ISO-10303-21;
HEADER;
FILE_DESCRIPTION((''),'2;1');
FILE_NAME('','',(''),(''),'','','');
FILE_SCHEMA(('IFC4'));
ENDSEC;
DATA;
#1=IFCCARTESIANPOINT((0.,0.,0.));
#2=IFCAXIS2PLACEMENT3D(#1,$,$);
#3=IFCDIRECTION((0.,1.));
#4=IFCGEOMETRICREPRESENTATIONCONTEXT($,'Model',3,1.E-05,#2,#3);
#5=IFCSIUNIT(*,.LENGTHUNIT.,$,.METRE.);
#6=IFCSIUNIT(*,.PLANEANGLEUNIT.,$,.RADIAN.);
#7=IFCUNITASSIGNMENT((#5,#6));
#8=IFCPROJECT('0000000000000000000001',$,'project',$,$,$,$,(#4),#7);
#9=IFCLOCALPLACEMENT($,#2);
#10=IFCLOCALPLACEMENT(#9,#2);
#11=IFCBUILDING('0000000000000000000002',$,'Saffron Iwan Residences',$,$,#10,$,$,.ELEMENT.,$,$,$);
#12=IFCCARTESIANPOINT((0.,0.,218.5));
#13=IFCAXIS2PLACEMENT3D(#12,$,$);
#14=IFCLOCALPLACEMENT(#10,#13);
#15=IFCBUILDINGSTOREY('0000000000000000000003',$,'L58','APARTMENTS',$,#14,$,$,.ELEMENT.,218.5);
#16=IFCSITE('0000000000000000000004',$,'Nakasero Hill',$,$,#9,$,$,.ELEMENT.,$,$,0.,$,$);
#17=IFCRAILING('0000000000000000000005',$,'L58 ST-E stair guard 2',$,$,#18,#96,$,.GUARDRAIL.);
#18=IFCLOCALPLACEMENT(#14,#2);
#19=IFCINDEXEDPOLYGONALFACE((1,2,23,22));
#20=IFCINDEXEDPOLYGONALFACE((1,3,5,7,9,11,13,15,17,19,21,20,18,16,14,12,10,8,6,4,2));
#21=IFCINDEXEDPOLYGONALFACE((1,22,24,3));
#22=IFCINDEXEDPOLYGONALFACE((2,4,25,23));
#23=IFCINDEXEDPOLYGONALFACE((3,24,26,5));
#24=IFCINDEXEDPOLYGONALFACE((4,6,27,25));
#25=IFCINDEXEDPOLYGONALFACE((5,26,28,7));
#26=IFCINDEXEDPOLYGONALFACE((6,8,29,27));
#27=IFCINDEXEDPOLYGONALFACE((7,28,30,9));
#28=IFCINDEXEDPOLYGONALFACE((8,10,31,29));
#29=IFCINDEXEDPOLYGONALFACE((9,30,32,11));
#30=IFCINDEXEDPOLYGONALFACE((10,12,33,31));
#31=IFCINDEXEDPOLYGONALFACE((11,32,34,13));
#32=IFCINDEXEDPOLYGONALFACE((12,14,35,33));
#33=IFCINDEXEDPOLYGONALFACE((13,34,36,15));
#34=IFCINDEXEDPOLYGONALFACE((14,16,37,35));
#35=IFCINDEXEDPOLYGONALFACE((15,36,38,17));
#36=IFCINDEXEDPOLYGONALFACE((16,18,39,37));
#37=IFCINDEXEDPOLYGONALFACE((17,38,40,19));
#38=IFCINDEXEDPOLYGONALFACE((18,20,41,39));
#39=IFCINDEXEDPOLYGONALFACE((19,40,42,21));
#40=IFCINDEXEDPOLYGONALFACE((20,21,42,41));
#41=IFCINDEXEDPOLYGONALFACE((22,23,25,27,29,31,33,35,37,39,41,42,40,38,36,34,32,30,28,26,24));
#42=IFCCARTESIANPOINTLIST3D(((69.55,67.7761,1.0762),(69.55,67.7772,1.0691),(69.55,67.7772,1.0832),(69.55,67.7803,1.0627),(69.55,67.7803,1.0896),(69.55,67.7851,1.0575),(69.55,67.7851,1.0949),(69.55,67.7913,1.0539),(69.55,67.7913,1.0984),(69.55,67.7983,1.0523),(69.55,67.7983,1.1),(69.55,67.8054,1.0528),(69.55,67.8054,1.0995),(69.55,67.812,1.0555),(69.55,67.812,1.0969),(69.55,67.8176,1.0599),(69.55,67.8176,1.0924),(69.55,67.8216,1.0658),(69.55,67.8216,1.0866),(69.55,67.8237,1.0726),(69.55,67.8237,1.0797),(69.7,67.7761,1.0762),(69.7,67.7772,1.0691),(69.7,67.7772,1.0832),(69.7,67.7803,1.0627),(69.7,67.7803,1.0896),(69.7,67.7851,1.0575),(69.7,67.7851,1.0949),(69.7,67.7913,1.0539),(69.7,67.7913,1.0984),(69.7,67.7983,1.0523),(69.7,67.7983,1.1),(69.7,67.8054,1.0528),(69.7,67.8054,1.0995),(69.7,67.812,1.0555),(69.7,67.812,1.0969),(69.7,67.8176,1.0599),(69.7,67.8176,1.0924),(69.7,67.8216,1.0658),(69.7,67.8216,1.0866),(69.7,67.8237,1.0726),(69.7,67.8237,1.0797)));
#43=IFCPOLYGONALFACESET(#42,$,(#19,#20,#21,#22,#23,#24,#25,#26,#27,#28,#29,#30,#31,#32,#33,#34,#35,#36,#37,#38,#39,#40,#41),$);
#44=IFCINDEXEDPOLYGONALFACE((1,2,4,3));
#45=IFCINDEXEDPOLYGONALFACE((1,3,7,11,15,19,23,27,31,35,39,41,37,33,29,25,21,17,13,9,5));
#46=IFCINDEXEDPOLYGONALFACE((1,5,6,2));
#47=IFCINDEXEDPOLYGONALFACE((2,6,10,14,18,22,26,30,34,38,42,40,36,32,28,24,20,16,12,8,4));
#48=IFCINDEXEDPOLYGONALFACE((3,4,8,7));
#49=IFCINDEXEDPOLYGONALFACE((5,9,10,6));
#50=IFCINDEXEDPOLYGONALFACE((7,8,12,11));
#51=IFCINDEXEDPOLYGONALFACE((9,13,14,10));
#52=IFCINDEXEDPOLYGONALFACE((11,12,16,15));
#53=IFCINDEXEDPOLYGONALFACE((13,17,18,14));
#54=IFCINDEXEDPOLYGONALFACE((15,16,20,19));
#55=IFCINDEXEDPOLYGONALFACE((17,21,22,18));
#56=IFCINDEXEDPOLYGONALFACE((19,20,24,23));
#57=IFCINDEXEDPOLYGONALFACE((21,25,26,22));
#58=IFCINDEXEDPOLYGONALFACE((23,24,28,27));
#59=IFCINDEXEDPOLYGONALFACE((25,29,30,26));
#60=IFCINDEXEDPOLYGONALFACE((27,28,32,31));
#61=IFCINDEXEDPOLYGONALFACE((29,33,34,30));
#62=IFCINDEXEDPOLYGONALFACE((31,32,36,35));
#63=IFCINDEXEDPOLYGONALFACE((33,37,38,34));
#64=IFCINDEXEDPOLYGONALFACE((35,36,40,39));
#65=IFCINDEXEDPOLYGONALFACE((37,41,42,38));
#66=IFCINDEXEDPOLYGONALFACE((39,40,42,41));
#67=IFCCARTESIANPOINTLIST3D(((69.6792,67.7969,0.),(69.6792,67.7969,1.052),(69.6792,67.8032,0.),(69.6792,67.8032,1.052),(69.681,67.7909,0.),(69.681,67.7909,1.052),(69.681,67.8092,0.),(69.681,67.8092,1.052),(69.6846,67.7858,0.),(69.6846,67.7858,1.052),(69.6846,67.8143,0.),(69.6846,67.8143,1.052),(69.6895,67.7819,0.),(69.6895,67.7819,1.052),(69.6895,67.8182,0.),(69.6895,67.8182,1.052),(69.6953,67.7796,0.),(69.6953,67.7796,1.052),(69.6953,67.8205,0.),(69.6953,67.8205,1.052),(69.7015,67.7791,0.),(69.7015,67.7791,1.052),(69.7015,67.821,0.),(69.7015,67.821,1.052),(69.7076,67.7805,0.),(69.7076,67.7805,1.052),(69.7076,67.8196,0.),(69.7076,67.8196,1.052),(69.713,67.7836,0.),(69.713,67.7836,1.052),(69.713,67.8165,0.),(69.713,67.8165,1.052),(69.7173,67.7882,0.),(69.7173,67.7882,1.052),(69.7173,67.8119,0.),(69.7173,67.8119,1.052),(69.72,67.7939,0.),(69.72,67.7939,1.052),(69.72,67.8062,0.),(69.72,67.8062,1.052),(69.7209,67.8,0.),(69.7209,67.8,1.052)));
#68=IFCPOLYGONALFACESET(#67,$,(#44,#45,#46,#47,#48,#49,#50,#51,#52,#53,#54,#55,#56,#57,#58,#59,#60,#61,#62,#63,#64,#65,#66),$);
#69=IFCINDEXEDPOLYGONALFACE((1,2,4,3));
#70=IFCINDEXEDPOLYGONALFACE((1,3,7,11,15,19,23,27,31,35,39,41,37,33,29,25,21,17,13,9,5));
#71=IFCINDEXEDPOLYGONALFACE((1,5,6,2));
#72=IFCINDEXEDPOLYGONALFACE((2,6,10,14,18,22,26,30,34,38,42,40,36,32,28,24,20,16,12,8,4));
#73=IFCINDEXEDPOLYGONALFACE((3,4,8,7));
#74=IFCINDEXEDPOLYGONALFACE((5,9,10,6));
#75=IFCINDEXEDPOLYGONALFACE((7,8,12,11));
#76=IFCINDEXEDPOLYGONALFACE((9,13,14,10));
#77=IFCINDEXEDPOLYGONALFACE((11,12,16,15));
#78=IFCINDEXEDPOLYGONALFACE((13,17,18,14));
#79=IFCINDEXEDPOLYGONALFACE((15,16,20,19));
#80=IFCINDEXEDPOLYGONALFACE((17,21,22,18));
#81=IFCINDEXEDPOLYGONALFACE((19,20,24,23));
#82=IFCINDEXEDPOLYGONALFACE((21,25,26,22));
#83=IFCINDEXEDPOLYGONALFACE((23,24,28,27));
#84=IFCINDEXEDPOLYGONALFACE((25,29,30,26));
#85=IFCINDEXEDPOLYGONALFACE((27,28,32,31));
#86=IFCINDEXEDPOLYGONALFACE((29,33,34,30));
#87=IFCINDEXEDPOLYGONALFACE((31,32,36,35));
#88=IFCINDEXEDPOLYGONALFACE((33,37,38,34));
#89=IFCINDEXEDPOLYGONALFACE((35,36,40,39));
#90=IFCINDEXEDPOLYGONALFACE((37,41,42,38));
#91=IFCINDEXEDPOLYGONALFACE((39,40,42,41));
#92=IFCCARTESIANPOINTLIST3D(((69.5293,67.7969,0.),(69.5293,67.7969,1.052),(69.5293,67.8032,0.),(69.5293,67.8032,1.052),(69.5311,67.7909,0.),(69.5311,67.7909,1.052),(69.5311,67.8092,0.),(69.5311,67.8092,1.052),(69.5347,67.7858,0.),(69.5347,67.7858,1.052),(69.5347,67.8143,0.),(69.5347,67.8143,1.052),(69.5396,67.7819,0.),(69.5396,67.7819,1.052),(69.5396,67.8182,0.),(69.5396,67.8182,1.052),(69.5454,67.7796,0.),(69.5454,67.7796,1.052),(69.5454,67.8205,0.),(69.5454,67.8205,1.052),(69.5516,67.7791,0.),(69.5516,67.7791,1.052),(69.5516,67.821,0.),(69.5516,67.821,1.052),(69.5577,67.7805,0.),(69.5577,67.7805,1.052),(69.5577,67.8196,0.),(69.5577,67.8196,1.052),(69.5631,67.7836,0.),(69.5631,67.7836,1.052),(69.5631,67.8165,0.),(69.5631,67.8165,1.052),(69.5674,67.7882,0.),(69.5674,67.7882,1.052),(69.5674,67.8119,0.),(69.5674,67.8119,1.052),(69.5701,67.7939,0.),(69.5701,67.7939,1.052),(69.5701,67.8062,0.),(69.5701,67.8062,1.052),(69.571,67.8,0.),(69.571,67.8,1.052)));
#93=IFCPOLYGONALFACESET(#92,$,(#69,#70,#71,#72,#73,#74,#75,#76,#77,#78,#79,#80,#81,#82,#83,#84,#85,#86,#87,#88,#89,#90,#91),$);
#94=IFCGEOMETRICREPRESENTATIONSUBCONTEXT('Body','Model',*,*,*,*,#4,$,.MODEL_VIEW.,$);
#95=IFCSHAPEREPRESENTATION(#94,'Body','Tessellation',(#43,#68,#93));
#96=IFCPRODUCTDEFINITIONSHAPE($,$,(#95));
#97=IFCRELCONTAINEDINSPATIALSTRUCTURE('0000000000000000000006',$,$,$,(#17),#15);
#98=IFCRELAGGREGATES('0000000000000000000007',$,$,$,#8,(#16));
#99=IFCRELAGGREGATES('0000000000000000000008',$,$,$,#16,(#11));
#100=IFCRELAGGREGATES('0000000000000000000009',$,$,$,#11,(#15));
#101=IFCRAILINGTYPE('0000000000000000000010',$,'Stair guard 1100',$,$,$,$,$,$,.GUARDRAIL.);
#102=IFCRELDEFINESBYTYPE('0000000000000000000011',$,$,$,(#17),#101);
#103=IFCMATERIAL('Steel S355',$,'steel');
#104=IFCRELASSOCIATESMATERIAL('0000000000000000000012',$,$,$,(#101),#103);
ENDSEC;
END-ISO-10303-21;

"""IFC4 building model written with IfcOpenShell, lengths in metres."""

from ifc_helpers import new_model, si_unit, direction, frame, origin, origin_2d, place, context, subcontext, project, spatial, circle, extrude, material, type_object, element, save


model = new_model("IFC4")

# Units and contexts
model_context = context("Model", 3, precision=1e-05, world=origin(), true_north=direction((0.0, 1.0)))
body_context = subcontext(model_context, "Body", "Model", "MODEL_VIEW")
ifc_project = project(units=[si_unit("LENGTHUNIT", "METRE"), si_unit("PLANEANGLEUNIT", "RADIAN")], contexts=[model_context])

# Site, building, storey
site_placement = place(None, origin())
site = spatial("IfcSite", under=ifc_project, at=site_placement, Name="Nakasero Hill", CompositionType="ELEMENT", RefElevation=0.0)
building_placement = place(site_placement, origin())
building = spatial("IfcBuilding", under=site, at=building_placement, Name="Saffron Iwan Residences", CompositionType="ELEMENT")
storey_placement = place(building_placement, frame((0.0, 0.0, 218.5)))
storey = spatial("IfcBuildingStorey", under=building, at=storey_placement, Name="L58", Description="APARTMENTS", CompositionType="ELEMENT", Elevation=218.5)

# Railing
ifc_material_1 = material(Name="Steel S355", Category="steel")
railing_type_1 = type_object("IfcRailingType", Name="Stair guard 1100", PredefinedType="GUARDRAIL", material=ifc_material_1)
railing_1_placement = place(storey_placement, frame((69.7, 67.8, 0.0)))
element("IfcRailing", 1, at=railing_1_placement, inside=storey, type_object=railing_type_1, Name="L58 ST-E stair guard 2", PredefinedType="GUARDRAIL", context=body_context, shape_type="SweptSolid", body=[
    extrude(circle(Radius=0.0239, at=origin_2d()), frame((0.0, 0.0, 1.0762), z_axis=(-1.0, 0.0, 0.0), x_axis=(0.0, -1.0, 0.0)), (0.0, 0.0, 1.0), 0.1499),
    extrude(circle(Radius=0.021, at=origin_2d()), origin(), (0.0, 0.0, 1.0), 1.052),
    extrude(circle(Radius=0.021, at=origin_2d()), frame((-0.1499, 0.0, 0.0)), (0.0, 0.0, 1.0), 1.052),
])

save(model, "model.ifc")
